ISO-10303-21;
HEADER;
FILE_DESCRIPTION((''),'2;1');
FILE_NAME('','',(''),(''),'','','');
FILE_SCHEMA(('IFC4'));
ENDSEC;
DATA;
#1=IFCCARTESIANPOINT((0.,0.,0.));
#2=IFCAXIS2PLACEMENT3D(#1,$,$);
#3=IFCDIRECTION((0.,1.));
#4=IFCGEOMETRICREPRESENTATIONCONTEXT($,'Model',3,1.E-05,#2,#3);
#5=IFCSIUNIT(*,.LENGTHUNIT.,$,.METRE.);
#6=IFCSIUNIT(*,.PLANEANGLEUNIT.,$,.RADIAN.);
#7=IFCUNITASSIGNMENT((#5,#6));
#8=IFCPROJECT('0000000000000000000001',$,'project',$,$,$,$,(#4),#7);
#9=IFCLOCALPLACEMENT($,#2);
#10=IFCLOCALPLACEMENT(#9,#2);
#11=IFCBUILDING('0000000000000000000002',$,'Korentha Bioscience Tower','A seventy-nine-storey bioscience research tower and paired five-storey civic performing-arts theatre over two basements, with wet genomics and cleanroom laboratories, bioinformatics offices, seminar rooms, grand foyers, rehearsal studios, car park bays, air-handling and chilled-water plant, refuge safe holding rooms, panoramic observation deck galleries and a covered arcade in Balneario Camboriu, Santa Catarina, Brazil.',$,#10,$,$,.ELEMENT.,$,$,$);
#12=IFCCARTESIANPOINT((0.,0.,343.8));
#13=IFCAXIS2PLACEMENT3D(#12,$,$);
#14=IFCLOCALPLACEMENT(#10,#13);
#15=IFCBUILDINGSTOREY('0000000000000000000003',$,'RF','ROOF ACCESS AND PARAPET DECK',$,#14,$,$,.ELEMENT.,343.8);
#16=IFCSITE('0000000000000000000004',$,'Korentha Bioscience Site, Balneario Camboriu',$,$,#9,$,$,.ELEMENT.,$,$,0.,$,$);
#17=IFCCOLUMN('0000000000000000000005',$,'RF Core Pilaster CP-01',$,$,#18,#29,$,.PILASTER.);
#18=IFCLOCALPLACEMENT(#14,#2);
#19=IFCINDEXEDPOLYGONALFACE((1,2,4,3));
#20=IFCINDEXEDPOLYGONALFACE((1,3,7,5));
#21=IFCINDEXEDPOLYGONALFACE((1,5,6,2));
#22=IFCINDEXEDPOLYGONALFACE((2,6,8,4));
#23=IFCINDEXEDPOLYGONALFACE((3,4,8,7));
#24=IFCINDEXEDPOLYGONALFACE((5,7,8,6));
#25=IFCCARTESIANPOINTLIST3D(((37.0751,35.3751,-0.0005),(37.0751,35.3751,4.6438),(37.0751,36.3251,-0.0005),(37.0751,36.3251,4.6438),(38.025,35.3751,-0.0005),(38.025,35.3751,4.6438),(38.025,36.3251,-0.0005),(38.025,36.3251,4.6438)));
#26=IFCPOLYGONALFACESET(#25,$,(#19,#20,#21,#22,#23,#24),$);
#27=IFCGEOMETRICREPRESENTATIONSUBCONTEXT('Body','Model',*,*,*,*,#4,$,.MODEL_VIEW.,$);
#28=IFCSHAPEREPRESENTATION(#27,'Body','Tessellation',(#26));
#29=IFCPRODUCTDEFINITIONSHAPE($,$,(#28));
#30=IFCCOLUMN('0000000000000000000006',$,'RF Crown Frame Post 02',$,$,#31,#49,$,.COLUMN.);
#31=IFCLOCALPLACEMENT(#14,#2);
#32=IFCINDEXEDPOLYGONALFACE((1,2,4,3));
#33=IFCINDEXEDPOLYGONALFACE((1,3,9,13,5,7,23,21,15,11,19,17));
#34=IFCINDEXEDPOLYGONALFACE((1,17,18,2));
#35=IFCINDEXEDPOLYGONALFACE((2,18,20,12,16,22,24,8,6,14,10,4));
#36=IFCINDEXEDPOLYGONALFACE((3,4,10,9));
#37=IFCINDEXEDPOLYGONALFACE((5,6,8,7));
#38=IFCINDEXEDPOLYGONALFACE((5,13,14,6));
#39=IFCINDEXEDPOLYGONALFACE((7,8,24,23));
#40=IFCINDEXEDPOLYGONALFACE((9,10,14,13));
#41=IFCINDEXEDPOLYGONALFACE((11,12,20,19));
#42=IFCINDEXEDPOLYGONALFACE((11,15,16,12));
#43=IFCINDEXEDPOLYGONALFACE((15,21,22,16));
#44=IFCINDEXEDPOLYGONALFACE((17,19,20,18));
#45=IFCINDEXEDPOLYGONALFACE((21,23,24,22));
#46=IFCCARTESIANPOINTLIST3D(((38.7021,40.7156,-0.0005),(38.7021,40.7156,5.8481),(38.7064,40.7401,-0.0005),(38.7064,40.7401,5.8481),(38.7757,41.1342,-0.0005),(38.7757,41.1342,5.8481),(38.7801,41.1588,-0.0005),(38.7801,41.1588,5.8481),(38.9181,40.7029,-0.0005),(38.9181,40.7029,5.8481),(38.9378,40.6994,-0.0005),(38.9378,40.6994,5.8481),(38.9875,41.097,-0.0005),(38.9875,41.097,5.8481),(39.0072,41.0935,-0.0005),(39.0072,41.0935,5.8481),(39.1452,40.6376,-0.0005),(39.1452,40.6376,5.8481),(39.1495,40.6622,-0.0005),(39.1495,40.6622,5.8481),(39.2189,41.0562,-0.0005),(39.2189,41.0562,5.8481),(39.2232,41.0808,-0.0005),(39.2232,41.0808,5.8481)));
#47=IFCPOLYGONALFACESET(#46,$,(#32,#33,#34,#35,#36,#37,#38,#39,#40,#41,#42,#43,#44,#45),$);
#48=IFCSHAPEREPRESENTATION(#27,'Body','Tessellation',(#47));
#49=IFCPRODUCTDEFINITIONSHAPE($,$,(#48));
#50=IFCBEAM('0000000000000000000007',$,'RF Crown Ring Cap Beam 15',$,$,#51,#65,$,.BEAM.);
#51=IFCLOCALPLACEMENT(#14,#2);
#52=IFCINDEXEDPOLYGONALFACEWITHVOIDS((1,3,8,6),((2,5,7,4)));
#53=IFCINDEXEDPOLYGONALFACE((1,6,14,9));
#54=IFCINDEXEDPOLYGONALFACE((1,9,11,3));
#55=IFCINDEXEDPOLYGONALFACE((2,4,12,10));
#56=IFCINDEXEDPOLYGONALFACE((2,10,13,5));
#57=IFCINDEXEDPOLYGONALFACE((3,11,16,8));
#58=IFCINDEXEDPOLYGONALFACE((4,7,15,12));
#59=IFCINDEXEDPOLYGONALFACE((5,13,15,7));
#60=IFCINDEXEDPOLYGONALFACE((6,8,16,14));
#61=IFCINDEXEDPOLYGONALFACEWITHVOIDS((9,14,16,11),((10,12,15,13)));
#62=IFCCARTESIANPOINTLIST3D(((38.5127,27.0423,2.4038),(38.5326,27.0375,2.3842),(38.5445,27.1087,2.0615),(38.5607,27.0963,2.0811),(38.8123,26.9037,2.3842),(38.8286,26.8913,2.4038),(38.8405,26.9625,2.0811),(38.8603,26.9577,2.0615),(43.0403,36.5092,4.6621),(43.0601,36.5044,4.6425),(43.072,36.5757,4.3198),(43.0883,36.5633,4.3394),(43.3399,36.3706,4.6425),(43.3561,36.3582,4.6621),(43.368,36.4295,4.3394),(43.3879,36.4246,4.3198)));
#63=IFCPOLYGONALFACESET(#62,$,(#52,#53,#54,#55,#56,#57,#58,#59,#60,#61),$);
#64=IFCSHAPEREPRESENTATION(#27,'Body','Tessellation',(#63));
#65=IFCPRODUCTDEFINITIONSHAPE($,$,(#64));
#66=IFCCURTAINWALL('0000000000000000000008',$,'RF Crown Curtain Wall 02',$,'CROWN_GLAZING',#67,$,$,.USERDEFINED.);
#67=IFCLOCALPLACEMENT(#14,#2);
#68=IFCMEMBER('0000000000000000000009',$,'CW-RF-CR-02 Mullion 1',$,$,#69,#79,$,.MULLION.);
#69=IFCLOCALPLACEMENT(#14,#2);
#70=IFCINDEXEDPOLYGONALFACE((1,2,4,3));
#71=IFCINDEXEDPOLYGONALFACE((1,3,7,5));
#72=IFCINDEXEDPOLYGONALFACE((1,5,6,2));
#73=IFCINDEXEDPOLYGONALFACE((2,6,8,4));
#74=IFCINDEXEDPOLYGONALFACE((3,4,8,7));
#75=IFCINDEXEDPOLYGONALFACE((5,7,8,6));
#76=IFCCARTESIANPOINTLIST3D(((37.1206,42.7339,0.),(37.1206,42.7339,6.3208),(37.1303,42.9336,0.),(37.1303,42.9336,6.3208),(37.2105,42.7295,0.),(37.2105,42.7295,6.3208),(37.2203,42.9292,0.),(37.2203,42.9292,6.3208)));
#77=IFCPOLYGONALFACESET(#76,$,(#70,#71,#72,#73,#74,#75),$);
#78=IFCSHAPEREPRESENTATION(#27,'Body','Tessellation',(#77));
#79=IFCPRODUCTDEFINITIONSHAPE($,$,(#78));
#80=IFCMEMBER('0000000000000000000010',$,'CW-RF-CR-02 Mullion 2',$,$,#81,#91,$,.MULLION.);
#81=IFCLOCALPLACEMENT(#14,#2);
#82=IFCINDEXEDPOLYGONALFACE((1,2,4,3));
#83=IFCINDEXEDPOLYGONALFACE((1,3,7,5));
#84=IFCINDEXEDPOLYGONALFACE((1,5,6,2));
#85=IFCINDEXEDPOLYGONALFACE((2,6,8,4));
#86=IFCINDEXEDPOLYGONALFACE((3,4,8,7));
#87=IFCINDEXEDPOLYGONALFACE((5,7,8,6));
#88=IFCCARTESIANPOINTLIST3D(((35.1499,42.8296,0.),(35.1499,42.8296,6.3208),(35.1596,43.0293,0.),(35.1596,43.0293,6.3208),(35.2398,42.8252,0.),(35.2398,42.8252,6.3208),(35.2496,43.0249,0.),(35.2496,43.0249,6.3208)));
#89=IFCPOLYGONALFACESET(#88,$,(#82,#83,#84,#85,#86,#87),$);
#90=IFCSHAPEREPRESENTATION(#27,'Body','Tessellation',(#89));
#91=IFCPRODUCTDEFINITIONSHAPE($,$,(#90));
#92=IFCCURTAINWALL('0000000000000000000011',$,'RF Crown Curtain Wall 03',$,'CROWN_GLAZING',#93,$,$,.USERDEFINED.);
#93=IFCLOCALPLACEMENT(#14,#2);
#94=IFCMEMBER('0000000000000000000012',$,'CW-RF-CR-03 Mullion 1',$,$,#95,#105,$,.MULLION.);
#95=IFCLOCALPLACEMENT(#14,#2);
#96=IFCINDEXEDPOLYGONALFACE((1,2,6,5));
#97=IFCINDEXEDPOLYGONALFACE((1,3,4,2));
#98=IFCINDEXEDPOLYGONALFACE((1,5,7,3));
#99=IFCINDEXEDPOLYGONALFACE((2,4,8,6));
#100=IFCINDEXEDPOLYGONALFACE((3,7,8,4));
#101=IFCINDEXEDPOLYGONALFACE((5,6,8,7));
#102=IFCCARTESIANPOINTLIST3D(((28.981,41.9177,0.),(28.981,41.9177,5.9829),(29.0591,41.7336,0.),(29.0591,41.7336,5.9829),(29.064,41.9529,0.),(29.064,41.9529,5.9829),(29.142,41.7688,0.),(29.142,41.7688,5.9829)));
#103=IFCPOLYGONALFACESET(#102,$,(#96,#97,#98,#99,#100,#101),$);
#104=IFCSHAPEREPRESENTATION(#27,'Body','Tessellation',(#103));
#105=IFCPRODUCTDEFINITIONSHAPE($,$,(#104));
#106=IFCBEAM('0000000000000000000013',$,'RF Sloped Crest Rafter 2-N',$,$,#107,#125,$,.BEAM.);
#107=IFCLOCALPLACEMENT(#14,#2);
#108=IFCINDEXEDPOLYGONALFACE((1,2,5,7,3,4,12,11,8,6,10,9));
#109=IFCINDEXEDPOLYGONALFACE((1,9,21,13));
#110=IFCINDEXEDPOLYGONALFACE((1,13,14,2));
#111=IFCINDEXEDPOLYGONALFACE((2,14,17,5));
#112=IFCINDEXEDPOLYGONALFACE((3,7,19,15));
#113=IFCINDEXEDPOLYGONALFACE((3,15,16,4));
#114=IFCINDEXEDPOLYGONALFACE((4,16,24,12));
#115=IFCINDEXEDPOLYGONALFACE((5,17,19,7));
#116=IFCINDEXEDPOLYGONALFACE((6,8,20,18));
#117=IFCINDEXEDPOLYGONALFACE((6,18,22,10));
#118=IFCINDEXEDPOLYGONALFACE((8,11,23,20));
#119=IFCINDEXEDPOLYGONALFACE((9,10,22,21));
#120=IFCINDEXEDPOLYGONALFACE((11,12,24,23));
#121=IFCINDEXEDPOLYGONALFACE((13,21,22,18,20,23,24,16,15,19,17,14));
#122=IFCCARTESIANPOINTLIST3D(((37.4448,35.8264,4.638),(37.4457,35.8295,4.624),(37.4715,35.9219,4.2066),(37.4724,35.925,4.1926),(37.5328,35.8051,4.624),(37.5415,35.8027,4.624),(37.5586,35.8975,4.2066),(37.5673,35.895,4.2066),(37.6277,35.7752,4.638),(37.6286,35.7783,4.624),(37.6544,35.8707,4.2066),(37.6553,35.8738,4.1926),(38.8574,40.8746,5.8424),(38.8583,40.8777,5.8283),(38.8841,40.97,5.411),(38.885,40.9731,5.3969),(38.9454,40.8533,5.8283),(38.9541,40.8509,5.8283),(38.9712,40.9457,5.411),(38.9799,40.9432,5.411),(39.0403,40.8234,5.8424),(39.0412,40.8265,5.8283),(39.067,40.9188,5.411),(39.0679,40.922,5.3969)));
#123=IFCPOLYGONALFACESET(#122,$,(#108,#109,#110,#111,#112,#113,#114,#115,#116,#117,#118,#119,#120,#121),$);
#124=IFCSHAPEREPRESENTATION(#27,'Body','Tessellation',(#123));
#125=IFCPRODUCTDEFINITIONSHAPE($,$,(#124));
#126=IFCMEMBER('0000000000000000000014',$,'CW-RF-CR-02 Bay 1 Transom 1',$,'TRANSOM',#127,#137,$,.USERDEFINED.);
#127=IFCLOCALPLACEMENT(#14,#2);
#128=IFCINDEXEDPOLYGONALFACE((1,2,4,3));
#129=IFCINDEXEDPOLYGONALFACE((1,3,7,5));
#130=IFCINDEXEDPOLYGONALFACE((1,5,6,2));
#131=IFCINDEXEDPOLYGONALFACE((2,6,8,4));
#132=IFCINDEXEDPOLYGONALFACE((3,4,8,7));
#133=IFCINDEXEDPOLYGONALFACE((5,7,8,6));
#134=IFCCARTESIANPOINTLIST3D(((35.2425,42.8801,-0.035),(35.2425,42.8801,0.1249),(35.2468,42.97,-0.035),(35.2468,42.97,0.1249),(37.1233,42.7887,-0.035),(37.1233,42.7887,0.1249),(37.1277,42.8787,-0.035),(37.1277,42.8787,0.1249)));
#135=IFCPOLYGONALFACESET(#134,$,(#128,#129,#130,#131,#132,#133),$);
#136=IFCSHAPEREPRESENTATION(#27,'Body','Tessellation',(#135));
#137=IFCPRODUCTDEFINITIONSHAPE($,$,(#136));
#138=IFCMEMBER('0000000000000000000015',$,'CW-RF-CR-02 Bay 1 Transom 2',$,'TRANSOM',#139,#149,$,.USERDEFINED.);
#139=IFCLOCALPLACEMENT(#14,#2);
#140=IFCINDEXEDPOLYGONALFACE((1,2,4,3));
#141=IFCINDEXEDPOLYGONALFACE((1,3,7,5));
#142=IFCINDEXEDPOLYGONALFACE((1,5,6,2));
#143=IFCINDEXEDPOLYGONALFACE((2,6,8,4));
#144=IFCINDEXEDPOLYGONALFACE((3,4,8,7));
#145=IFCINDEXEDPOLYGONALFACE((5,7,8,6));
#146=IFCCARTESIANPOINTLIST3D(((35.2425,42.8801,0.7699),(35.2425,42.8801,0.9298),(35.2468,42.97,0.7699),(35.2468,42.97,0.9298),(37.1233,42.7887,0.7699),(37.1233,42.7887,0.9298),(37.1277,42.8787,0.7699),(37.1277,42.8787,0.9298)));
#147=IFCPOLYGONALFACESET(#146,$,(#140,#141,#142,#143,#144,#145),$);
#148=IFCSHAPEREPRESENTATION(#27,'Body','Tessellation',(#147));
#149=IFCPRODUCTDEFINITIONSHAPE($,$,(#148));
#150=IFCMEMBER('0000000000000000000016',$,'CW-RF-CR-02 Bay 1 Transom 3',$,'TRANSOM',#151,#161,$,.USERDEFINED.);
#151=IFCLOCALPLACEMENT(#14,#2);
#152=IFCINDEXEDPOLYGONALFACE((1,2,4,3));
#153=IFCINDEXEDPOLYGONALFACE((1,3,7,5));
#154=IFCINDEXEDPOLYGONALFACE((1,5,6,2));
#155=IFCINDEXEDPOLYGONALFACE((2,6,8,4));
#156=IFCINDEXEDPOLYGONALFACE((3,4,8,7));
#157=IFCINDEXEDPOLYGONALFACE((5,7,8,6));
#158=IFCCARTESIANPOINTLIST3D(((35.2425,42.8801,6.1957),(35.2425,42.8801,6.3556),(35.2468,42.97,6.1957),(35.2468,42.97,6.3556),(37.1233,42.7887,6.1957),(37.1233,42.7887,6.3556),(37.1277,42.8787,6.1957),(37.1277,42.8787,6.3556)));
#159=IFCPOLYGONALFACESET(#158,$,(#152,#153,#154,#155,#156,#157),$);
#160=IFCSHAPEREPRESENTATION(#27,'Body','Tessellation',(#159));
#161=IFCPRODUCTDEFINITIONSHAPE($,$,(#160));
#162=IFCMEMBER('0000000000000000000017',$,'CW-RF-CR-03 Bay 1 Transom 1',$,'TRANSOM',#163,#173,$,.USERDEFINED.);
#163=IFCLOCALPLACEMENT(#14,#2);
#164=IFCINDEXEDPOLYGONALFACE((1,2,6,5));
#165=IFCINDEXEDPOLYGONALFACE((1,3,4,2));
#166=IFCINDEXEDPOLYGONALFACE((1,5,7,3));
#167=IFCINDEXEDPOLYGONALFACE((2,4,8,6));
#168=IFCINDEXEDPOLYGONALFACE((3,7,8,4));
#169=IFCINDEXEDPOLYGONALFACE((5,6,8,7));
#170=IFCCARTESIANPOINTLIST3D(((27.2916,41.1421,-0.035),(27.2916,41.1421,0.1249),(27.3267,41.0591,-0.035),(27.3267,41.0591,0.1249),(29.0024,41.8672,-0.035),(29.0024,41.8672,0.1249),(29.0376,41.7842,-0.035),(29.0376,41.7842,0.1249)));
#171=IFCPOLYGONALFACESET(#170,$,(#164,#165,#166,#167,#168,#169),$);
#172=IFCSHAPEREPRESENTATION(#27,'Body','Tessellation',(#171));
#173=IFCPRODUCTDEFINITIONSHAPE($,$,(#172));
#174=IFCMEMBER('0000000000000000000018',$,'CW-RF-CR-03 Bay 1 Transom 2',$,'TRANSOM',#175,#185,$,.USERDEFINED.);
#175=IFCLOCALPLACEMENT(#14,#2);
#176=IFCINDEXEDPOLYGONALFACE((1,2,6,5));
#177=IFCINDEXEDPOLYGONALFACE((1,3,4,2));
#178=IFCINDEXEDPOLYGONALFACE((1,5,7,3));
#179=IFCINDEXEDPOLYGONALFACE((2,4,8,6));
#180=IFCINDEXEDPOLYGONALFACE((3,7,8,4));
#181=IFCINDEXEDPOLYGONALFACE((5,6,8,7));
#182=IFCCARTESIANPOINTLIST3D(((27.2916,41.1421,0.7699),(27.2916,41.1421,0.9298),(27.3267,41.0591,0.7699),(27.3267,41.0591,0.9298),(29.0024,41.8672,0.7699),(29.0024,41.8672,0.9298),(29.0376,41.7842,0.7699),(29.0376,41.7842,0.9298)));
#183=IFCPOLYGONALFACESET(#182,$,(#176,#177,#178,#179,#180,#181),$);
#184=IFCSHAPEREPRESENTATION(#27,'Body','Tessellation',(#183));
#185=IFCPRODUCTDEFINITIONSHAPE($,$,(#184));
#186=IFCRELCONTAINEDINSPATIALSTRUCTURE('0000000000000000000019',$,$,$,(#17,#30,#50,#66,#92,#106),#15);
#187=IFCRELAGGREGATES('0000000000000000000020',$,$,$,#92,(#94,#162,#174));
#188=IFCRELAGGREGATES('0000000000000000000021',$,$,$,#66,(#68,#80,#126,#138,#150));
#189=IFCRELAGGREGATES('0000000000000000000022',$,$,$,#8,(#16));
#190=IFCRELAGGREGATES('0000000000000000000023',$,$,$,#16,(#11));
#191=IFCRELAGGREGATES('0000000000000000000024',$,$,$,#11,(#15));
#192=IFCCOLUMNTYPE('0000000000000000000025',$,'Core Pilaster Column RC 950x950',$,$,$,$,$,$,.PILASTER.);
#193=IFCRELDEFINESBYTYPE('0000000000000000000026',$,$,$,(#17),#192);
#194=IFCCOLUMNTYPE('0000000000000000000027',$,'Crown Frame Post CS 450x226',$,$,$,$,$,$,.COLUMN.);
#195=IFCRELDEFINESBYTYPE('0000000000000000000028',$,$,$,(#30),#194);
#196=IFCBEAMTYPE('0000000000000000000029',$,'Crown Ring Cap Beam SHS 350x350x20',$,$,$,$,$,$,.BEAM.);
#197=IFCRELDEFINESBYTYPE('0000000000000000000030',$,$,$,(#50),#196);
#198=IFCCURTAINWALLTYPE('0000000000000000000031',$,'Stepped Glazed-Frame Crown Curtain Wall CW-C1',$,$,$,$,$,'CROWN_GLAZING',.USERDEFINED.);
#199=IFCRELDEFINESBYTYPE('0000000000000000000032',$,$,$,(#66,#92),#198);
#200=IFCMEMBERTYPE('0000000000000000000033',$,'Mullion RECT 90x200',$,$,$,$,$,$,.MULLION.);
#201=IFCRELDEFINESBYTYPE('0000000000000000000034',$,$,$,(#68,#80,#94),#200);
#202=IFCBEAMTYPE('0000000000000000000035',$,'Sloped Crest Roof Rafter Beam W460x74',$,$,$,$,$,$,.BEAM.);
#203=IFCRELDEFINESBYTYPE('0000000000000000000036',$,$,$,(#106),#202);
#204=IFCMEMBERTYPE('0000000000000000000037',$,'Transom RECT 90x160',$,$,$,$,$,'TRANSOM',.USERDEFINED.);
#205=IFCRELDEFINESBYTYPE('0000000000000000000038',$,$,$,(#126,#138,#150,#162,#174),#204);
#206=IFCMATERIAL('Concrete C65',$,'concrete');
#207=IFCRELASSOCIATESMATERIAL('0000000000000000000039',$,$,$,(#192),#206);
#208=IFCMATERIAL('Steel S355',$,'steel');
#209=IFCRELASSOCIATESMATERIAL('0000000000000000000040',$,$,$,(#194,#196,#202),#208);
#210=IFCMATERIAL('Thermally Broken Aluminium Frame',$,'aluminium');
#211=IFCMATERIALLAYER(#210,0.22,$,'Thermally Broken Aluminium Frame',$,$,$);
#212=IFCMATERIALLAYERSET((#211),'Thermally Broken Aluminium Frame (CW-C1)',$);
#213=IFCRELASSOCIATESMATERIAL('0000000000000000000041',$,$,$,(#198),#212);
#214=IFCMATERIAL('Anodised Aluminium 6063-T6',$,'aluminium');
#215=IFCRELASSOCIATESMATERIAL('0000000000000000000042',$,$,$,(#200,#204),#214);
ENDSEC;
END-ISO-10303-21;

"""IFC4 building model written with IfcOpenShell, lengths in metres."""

from ifc_helpers import new_model, si_unit, direction, frame, origin, origin_2d, place, context, subcontext, project, spatial, rectangle, hollow_rectangle, i_section, extrude, material, layer, layer_set, material_profile, profile_set, type_object, element, aggregate, save


model = new_model("IFC4")

# Units and contexts
model_context = context("Model", 3, precision=1e-05, world=origin(), true_north=direction((0.0, 1.0)))
body_context = subcontext(model_context, "Body", "Model", "MODEL_VIEW")
ifc_project = project(units=[si_unit("LENGTHUNIT", "METRE"), si_unit("PLANEANGLEUNIT", "RADIAN")], contexts=[model_context])

# Site, building, storey
site_placement = place(None, origin())
site = spatial("IfcSite", under=ifc_project, at=site_placement, Name="Korentha Bioscience Site, Balneario Camboriu", CompositionType="ELEMENT", RefElevation=0.0)
building_placement = place(site_placement, origin())
building = spatial("IfcBuilding", under=site, at=building_placement, Name="Korentha Bioscience Tower", Description="A seventy-nine-storey bioscience research tower and paired five-storey civic performing-arts theatre over two basements, with wet genomics and cleanroom laboratories, bioinformatics offices, seminar rooms, grand foyers, rehearsal studios, car park bays, air-handling and chilled-water plant, refuge safe holding rooms, panoramic observation deck galleries and a covered arcade in Balneario Camboriu, Santa Catarina, Brazil.", CompositionType="ELEMENT")
storey_placement = place(building_placement, frame((0.0, 0.0, 343.8)))
storey = spatial("IfcBuildingStorey", under=building, at=storey_placement, Name="RF", Description="ROOF ACCESS AND PARAPET DECK", CompositionType="ELEMENT", Elevation=343.8)

# Columns
ifc_material_1 = material(Name="Concrete C65", Category="concrete")
ifc_material_profile_1 = material_profile(ifc_material_1, rectangle(XDim=0.95, YDim=0.95, at=origin_2d()), Name="Concrete C65")
ifc_profile_set_1 = profile_set([ifc_material_profile_1], Name="Concrete C65 (COL-CP09)")
column_type_1 = type_object("IfcColumnType", Name="Core Pilaster Column RC 950x950", PredefinedType="PILASTER", material=ifc_profile_set_1)
column_1_placement = place(storey_placement, frame((37.55, 35.8501, -0.0005), z_axis=(0.0, 0.0, 1.0), x_axis=(1.0, 0.0, 0.0)))
element("IfcColumn", 1, at=column_1_placement, inside=storey, type_object=column_type_1, Name="RF Core Pilaster CP-01", PredefinedType="PILASTER", context=body_context, shape_type="SweptSolid", body=[
    extrude(rectangle(XDim=0.95, YDim=0.95, at=origin_2d()), origin(), (0.0, 0.0, 1.0), 4.6443),
])
ifc_material_2 = material(Name="Steel S355", Category="steel")
ifc_material_profile_2 = material_profile(ifc_material_2, i_section(OverallWidth=0.45, OverallDepth=0.45, WebThickness=0.02, FlangeThickness=0.0249, at=origin_2d()), Name="Steel S355")
ifc_profile_set_2 = profile_set([ifc_material_profile_2], Name="Steel S355 (CF-C1)")
column_type_2 = type_object("IfcColumnType", Name="Crown Frame Post CS 450x226", PredefinedType="COLUMN", material=ifc_profile_set_2)
column_2_placement = place(storey_placement, frame((38.9626, 40.8982, -0.0005), z_axis=(0.0, 0.0, 1.0), x_axis=(-0.984868, 0.173304, 0.0)))
element("IfcColumn", 2, at=column_2_placement, inside=storey, type_object=column_type_2, Name="RF Crown Frame Post 02", PredefinedType="COLUMN", context=body_context, shape_type="SweptSolid", body=[
    extrude(i_section(OverallWidth=0.45, OverallDepth=0.45, WebThickness=0.02, FlangeThickness=0.0249, at=origin_2d()), origin(), (0.0, 0.0, 1.0), 5.8486),
])

# Beam
ifc_material_profile_3 = material_profile(ifc_material_2, hollow_rectangle(XDim=0.3501, YDim=0.3501, WallThickness=0.02, at=origin_2d()), Name="Steel S355")
ifc_profile_set_3 = profile_set([ifc_material_profile_3], Name="Steel S355 (CF-RB1)")
beam_type_1 = type_object("IfcBeamType", Name="Crown Ring Cap Beam SHS 350x350x20", PredefinedType="BEAM", material=ifc_profile_set_3)
beam_1_placement = place(storey_placement, frame((38.6865, 27.0, 2.2327), z_axis=(0.421789, 0.881948, 0.210383), x_axis=(-0.902139, 0.431446, 0.0)))
element("IfcBeam", 3, at=beam_1_placement, inside=storey, type_object=beam_type_1, Name="RF Crown Ring Cap Beam 15", PredefinedType="BEAM", context=body_context, shape_type="SweptSolid", body=[
    extrude(hollow_rectangle(XDim=0.3501, YDim=0.3501, WallThickness=0.02, at=origin_2d()), origin(), (0.0, 0.0, 1.0), 10.7341),
])

# Curtain wall, members
ifc_material_3 = material(Name="Thermally Broken Aluminium Frame", Category="aluminium")
ifc_layer_1 = layer(ifc_material_3, 0.22, Name="Thermally Broken Aluminium Frame")
ifc_layer_set_1 = layer_set([ifc_layer_1], Name="Thermally Broken Aluminium Frame (CW-C1)")
curtain_wall_type = type_object("IfcCurtainWallType", Name="Stepped Glazed-Frame Crown Curtain Wall CW-C1", ElementType="CROWN_GLAZING", PredefinedType="USERDEFINED", material=ifc_layer_set_1)
curtain_wall_1_placement = place(storey_placement, origin())
curtain_wall_1 = element("IfcCurtainWall", 4, at=curtain_wall_1_placement, inside=storey, type_object=curtain_wall_type, Name="RF Crown Curtain Wall 02", ObjectType="CROWN_GLAZING", PredefinedType="USERDEFINED")
ifc_material_4 = material(Name="Anodised Aluminium 6063-T6", Category="aluminium")
ifc_material_profile_4 = material_profile(ifc_material_4, rectangle(XDim=0.0901, YDim=0.2, at=origin_2d()), Name="Anodised Aluminium 6063-T6")
ifc_profile_set_4 = profile_set([ifc_material_profile_4], Name="Anodised Aluminium 6063-T6 (CW-MUL)")
member_type_1 = type_object("IfcMemberType", Name="Mullion RECT 90x200", PredefinedType="MULLION", material=ifc_profile_set_4)
member_1_placement = place(storey_placement, frame((37.1704, 42.8315, 0.0), z_axis=(0.0, 0.0, 1.0), x_axis=(-0.99882, 0.048569, 0.0)))
member_1 = element("IfcMember", 5, at=member_1_placement, type_object=member_type_1, Name="CW-RF-CR-02 Mullion 1", PredefinedType="MULLION", context=body_context, shape_type="SweptSolid", body=[
    extrude(rectangle(XDim=0.0901, YDim=0.2, at=origin_2d()), origin(), (0.0, 0.0, 1.0), 6.3208),
])
member_2_placement = place(storey_placement, frame((35.1997, 42.9272, 0.0), z_axis=(0.0, 0.0, 1.0), x_axis=(-0.99882, 0.048569, 0.0)))
member_2 = element("IfcMember", 6, at=member_2_placement, type_object=member_type_1, Name="CW-RF-CR-02 Mullion 2", PredefinedType="MULLION", context=body_context, shape_type="SweptSolid", body=[
    extrude(rectangle(XDim=0.0901, YDim=0.2, at=origin_2d()), origin(), (0.0, 0.0, 1.0), 6.3208),
])

# Curtain wall, member
curtain_wall_2_placement = place(storey_placement, origin())
curtain_wall_2 = element("IfcCurtainWall", 7, at=curtain_wall_2_placement, inside=storey, type_object=curtain_wall_type, Name="RF Crown Curtain Wall 03", ObjectType="CROWN_GLAZING", PredefinedType="USERDEFINED")
member_3_placement = place(storey_placement, frame((29.0615, 41.8433, 0.0), z_axis=(0.0, 0.0, 1.0), x_axis=(-0.920726, -0.39021, 0.0)))
member_3 = element("IfcMember", 8, at=member_3_placement, type_object=member_type_1, Name="CW-RF-CR-03 Mullion 1", PredefinedType="MULLION", context=body_context, shape_type="SweptSolid", body=[
    extrude(rectangle(XDim=0.0901, YDim=0.2, at=origin_2d()), origin(), (0.0, 0.0, 1.0), 5.9829),
])

# Beam
ifc_material_profile_5 = material_profile(ifc_material_2, i_section(OverallWidth=0.1899, OverallDepth=0.457, WebThickness=0.009, FlangeThickness=0.0144, at=origin_2d()), Name="Steel S355")
ifc_profile_set_5 = profile_set([ifc_material_profile_5], Name="Steel S355 (CR-B460)")
beam_type_2 = type_object("IfcBeamType", Name="Sloped Crest Roof Rafter Beam W460x74", PredefinedType="BEAM", material=ifc_profile_set_5)
beam_2_placement = place(storey_placement, frame((37.55, 35.8501, 4.4153), z_axis=(0.262634, 0.938555, 0.223915), x_axis=(-0.963007, 0.269476, 0.0)))
element("IfcBeam", 9, at=beam_2_placement, inside=storey, type_object=beam_type_2, Name="RF Sloped Crest Rafter 2-N", PredefinedType="BEAM", context=body_context, shape_type="SweptSolid", body=[
    extrude(i_section(OverallWidth=0.1899, OverallDepth=0.457, WebThickness=0.009, FlangeThickness=0.0144, at=origin_2d()), origin(), (0.0, 0.0, 1.0), 5.3787),
])

# Members
ifc_material_profile_6 = material_profile(ifc_material_4, rectangle(XDim=0.0901, YDim=0.1599, at=origin_2d()), Name="Anodised Aluminium 6063-T6")
ifc_profile_set_6 = profile_set([ifc_material_profile_6], Name="Anodised Aluminium 6063-T6 (CW-TRN)")
member_type_2 = type_object("IfcMemberType", Name="Transom RECT 90x160", ElementType="TRANSOM", PredefinedType="USERDEFINED", material=ifc_profile_set_6)
member_4_placement = place(storey_placement, frame((37.1255, 42.8337, 0.0449), z_axis=(-0.998824, 0.048489, 0.0), x_axis=(-0.048489, -0.998824, 0.0)))
member_4 = element("IfcMember", 10, at=member_4_placement, type_object=member_type_2, Name="CW-RF-CR-02 Bay 1 Transom 1", ObjectType="TRANSOM", PredefinedType="USERDEFINED", context=body_context, shape_type="SweptSolid", body=[
    extrude(rectangle(XDim=0.0901, YDim=0.1599, at=origin_2d()), origin(), (0.0, 0.0, 1.0), 1.8831),
])
member_5_placement = place(storey_placement, frame((37.1255, 42.8337, 0.8499), z_axis=(-0.998824, 0.048489, 0.0), x_axis=(-0.048489, -0.998824, 0.0)))
member_5 = element("IfcMember", 11, at=member_5_placement, type_object=member_type_2, Name="CW-RF-CR-02 Bay 1 Transom 2", ObjectType="TRANSOM", PredefinedType="USERDEFINED", context=body_context, shape_type="SweptSolid", body=[
    extrude(rectangle(XDim=0.0901, YDim=0.1599, at=origin_2d()), origin(), (0.0, 0.0, 1.0), 1.8831),
])
member_6_placement = place(storey_placement, frame((37.1255, 42.8337, 6.2756), z_axis=(-0.998824, 0.048489, 0.0), x_axis=(-0.048489, -0.998824, 0.0)))
member_6 = element("IfcMember", 12, at=member_6_placement, type_object=member_type_2, Name="CW-RF-CR-02 Bay 1 Transom 3", ObjectType="TRANSOM", PredefinedType="USERDEFINED", context=body_context, shape_type="SweptSolid", body=[
    extrude(rectangle(XDim=0.0901, YDim=0.1599, at=origin_2d()), origin(), (0.0, 0.0, 1.0), 1.8831),
])
member_7_placement = place(storey_placement, frame((29.02, 41.8257, 0.0449), z_axis=(-0.920728, -0.390206, 0.0), x_axis=(0.390206, -0.920728, 0.0)))
member_7 = element("IfcMember", 13, at=member_7_placement, type_object=member_type_2, Name="CW-RF-CR-03 Bay 1 Transom 1", ObjectType="TRANSOM", PredefinedType="USERDEFINED", context=body_context, shape_type="SweptSolid", body=[
    extrude(rectangle(XDim=0.0901, YDim=0.1599, at=origin_2d()), origin(), (0.0, 0.0, 1.0), 1.8582),
])
member_8_placement = place(storey_placement, frame((29.02, 41.8257, 0.8499), z_axis=(-0.920728, -0.390206, 0.0), x_axis=(0.390206, -0.920728, 0.0)))
member_8 = element("IfcMember", 14, at=member_8_placement, type_object=member_type_2, Name="CW-RF-CR-03 Bay 1 Transom 2", ObjectType="TRANSOM", PredefinedType="USERDEFINED", context=body_context, shape_type="SweptSolid", body=[
    extrude(rectangle(XDim=0.0901, YDim=0.1599, at=origin_2d()), origin(), (0.0, 0.0, 1.0), 1.8582),
])
aggregate(curtain_wall_2, [member_3, member_7, member_8])

aggregate(curtain_wall_1, [member_1, member_2, member_4, member_5, member_6])

save(model, "model.ifc")
